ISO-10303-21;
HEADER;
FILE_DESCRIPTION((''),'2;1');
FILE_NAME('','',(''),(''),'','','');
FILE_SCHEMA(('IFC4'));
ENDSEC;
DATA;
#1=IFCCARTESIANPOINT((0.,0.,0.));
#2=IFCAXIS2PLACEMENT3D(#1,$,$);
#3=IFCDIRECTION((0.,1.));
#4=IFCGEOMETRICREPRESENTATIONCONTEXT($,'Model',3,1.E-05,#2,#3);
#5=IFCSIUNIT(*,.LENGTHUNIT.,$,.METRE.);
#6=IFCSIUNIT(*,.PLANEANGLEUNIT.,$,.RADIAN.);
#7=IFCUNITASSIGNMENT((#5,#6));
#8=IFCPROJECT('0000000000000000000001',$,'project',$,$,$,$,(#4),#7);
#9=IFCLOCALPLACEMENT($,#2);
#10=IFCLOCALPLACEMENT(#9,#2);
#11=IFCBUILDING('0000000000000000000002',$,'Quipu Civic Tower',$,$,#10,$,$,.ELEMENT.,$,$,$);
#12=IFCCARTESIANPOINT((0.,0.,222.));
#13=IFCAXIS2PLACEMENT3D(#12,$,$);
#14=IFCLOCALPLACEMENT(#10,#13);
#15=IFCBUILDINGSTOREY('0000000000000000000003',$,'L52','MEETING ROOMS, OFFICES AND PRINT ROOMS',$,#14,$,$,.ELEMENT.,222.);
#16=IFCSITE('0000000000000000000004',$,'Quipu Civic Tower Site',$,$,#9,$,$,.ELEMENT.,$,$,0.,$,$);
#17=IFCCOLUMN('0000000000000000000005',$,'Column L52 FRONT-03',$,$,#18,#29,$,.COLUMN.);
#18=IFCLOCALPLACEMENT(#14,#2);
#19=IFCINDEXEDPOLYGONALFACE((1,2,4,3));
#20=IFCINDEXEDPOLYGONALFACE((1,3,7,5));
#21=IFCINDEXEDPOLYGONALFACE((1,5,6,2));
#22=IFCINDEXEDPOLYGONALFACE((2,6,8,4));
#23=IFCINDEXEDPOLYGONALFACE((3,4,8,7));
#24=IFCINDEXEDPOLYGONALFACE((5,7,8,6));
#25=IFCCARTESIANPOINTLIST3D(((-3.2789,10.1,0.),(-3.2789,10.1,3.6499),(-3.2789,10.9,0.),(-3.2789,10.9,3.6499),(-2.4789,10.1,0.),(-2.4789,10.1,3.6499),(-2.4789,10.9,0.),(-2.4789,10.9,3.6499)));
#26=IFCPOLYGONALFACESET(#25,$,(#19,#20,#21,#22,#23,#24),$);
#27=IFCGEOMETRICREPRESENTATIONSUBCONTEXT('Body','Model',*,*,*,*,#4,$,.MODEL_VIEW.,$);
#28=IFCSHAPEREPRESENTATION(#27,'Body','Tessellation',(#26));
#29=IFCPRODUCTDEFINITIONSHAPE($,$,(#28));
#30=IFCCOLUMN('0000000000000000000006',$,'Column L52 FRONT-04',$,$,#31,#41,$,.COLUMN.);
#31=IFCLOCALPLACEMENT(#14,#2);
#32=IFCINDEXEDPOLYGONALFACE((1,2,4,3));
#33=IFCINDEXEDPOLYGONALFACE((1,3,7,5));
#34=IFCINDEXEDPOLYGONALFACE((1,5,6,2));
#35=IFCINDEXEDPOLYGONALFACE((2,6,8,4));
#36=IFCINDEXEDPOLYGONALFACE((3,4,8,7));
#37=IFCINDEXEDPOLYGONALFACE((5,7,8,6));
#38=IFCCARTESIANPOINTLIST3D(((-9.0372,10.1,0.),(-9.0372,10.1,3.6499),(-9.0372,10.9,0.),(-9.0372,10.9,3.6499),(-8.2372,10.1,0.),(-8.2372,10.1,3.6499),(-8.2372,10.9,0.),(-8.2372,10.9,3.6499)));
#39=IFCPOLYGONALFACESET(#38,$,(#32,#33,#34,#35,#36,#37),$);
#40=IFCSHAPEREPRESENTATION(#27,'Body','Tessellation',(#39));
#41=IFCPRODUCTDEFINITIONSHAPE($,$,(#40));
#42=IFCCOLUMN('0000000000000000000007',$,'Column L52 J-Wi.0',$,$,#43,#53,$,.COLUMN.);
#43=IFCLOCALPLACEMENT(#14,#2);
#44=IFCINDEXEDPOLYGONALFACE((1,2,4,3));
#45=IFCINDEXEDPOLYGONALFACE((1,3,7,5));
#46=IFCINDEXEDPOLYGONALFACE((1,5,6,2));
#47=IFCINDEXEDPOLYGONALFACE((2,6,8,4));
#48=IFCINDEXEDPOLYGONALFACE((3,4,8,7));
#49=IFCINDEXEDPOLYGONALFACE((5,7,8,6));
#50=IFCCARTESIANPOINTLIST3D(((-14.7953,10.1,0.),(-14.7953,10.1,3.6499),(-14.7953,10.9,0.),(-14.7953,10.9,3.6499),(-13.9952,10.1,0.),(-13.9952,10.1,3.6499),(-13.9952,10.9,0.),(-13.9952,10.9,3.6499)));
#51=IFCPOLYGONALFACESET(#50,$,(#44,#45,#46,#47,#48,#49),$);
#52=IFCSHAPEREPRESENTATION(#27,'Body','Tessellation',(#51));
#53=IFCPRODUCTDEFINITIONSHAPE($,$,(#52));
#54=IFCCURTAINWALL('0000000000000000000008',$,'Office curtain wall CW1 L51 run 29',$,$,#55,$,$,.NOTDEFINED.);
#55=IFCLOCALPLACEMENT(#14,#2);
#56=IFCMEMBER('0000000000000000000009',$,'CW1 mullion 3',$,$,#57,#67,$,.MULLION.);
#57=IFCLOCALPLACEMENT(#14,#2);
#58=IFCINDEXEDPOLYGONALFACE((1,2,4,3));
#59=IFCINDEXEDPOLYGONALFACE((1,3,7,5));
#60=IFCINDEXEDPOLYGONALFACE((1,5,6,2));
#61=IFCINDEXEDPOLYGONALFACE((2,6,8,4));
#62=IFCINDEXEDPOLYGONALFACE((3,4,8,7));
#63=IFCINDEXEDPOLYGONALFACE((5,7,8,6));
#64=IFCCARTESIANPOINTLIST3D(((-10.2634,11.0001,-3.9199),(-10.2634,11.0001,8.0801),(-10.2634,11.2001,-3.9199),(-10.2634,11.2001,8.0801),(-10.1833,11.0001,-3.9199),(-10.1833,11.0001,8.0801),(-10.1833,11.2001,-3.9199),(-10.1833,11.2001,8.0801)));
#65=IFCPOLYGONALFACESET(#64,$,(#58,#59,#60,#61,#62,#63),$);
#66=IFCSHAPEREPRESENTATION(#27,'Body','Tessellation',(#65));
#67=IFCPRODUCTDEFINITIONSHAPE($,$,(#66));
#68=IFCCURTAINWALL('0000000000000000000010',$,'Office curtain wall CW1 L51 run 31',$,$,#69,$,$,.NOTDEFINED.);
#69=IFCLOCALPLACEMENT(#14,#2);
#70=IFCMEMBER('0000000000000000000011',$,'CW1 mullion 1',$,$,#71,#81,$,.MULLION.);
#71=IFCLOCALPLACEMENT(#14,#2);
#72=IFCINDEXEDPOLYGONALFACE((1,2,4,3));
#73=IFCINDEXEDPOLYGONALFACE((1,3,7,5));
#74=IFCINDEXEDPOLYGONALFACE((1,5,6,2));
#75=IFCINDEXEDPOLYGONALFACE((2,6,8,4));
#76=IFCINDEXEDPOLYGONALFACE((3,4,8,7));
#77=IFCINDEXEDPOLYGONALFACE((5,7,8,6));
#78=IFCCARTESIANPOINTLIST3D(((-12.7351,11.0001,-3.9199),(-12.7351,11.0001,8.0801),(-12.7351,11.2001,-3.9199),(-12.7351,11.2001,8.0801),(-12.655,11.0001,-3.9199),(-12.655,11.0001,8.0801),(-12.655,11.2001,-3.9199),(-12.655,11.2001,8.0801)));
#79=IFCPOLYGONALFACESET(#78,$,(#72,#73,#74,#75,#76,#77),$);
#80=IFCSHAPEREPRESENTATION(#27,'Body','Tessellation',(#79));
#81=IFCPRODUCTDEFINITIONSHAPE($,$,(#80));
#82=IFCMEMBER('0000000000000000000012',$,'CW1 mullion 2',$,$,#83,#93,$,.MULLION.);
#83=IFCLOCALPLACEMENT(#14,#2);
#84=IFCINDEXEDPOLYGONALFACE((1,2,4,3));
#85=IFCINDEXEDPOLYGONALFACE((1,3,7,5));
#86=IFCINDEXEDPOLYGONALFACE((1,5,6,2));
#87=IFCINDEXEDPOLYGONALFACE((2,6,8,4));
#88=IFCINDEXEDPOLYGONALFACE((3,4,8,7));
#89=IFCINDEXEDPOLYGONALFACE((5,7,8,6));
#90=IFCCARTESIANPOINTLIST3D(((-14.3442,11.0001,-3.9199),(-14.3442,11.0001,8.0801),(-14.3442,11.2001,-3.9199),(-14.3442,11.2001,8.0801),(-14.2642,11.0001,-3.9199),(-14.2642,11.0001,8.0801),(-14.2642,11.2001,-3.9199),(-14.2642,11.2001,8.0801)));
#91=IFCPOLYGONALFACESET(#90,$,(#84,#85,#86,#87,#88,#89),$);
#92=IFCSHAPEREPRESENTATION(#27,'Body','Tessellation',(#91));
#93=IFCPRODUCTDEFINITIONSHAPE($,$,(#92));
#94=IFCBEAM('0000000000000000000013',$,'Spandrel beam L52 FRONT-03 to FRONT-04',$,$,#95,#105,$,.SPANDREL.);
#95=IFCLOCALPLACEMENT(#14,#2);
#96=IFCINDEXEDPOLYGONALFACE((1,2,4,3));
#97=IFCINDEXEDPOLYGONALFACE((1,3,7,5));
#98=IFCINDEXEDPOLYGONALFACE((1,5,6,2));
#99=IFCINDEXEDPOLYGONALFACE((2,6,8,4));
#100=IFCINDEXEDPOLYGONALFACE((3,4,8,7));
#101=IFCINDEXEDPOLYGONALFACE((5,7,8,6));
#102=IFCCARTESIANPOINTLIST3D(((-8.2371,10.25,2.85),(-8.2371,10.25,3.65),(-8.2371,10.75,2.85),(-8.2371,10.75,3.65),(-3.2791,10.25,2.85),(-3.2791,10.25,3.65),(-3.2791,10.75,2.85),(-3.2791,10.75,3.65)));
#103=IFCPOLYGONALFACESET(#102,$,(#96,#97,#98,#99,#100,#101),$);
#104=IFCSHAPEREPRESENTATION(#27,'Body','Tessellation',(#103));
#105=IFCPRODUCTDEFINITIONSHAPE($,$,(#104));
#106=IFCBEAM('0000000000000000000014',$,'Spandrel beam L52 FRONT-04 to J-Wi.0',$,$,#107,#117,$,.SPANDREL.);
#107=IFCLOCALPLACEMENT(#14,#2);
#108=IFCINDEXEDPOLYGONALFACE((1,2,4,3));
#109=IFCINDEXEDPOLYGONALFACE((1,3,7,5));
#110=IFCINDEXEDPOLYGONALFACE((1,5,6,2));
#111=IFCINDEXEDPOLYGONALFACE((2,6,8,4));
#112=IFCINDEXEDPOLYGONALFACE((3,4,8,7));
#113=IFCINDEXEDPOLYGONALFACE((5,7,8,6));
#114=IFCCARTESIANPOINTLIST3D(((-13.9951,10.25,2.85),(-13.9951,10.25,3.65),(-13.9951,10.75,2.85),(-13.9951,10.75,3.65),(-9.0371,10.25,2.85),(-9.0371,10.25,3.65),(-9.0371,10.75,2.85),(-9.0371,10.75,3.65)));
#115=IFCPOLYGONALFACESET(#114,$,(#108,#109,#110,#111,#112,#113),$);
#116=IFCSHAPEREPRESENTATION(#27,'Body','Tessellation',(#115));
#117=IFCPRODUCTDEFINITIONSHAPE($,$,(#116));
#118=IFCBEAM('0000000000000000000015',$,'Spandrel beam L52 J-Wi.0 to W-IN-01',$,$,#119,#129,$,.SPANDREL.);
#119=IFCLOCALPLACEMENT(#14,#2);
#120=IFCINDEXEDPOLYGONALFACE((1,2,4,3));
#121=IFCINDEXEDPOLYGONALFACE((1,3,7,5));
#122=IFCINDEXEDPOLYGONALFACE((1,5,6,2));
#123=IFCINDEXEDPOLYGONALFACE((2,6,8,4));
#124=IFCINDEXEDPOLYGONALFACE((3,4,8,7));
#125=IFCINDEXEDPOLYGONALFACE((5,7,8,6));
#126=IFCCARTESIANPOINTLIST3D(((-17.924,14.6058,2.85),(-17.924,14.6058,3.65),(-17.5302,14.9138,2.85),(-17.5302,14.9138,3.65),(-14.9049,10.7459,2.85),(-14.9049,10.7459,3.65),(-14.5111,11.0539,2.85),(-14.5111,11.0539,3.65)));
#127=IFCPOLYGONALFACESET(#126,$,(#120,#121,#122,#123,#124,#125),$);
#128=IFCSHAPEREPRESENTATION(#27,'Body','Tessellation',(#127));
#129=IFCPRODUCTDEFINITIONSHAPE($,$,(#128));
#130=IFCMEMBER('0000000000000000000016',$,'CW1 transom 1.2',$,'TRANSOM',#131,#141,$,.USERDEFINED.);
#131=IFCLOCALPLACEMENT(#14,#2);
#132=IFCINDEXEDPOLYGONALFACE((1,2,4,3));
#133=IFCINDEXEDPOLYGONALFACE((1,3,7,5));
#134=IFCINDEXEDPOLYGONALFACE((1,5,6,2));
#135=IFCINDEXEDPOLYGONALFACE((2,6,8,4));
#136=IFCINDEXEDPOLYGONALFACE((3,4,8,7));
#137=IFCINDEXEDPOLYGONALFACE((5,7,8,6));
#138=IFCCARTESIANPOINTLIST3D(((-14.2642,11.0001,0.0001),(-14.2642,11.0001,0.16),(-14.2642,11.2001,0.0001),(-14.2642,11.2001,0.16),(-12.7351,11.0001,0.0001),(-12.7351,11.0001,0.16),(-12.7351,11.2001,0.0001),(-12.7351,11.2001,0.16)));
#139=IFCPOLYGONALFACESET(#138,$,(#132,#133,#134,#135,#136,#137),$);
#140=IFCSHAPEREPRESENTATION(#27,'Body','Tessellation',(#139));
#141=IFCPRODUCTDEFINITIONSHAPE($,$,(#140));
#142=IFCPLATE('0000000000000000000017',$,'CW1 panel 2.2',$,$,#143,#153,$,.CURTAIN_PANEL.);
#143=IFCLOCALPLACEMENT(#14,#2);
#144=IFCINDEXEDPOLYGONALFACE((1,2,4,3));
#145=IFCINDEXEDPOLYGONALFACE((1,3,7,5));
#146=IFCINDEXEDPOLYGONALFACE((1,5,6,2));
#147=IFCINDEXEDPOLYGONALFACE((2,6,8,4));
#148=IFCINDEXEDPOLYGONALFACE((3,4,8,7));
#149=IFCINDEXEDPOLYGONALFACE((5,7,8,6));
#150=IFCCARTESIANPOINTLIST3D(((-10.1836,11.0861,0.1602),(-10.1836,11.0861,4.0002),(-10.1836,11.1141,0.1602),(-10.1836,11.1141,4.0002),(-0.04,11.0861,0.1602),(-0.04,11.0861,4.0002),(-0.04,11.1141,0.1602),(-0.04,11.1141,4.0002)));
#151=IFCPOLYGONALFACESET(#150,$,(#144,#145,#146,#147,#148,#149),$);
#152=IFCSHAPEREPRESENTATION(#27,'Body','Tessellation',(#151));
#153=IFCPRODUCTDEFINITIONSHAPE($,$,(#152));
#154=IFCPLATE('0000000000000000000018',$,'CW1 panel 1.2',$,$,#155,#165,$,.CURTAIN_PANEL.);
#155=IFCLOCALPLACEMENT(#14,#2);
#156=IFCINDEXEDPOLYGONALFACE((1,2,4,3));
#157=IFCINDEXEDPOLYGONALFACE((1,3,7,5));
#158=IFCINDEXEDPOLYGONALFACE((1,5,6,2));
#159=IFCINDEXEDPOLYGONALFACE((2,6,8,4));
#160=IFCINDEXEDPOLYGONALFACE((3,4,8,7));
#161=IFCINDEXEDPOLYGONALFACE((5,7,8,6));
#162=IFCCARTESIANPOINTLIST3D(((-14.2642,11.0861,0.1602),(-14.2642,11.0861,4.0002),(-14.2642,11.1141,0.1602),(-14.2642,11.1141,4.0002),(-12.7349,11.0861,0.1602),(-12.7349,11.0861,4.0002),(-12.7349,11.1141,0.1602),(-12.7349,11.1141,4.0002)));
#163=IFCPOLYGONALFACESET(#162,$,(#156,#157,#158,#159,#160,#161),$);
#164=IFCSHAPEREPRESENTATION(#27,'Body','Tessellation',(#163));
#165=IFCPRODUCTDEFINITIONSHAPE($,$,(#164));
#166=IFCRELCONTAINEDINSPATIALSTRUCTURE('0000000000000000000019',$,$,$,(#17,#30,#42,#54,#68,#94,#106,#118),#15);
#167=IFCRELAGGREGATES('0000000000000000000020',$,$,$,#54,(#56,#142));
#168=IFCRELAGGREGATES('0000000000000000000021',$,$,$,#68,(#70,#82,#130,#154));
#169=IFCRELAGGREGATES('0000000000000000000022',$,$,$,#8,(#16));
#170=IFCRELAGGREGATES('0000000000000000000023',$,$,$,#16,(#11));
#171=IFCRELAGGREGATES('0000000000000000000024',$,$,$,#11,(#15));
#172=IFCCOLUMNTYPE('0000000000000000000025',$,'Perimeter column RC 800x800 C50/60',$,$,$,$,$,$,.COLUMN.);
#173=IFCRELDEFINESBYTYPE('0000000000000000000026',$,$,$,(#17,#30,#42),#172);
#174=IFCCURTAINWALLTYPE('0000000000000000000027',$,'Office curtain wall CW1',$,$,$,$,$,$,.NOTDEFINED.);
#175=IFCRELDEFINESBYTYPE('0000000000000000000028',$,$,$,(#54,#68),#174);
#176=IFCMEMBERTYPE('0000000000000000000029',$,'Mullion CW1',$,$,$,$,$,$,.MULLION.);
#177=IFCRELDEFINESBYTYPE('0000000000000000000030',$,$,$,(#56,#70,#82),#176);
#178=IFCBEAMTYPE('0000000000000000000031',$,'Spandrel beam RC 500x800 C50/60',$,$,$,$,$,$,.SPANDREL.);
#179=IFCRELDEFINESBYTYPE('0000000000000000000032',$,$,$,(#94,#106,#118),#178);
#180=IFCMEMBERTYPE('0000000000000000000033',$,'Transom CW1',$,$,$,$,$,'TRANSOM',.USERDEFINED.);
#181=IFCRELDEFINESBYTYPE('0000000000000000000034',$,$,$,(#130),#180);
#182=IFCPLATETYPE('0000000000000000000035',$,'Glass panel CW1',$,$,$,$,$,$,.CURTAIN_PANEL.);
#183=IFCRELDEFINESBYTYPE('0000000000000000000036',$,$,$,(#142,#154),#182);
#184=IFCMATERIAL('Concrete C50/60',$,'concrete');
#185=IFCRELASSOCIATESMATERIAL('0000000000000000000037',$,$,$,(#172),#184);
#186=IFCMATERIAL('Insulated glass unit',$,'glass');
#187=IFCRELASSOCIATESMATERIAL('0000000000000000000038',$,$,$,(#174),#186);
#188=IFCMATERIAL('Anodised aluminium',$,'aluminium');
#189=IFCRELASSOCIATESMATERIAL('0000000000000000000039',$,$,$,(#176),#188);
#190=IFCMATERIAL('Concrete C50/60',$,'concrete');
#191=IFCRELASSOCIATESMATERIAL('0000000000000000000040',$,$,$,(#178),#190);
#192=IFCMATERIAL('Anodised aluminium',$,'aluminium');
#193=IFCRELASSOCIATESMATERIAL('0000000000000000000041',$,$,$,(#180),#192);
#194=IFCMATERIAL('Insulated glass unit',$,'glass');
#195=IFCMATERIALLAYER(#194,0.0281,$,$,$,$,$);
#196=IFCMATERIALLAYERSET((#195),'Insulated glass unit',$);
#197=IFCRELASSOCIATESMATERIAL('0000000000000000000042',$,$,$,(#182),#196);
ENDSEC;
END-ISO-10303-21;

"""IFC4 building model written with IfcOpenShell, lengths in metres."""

from ifc_helpers import new_model, si_unit, direction, frame, origin, origin_2d, place, context, subcontext, project, spatial, rectangle, extrude, material, layer, layer_set, material_profile, profile_set, type_object, element, aggregate, save


model = new_model("IFC4")

# Units and contexts
model_context = context("Model", 3, precision=1e-05, world=origin(), true_north=direction((0.0, 1.0)))
body_context = subcontext(model_context, "Body", "Model", "MODEL_VIEW")
ifc_project = project(units=[si_unit("LENGTHUNIT", "METRE"), si_unit("PLANEANGLEUNIT", "RADIAN")], contexts=[model_context])

# Site, building, storey
site_placement = place(None, origin())
site = spatial("IfcSite", under=ifc_project, at=site_placement, Name="Quipu Civic Tower Site", CompositionType="ELEMENT", RefElevation=0.0)
building_placement = place(site_placement, origin())
building = spatial("IfcBuilding", under=site, at=building_placement, Name="Quipu Civic Tower", CompositionType="ELEMENT")
storey_placement = place(building_placement, frame((0.0, 0.0, 222.0)))
storey = spatial("IfcBuildingStorey", under=building, at=storey_placement, Name="L52", Description="MEETING ROOMS, OFFICES AND PRINT ROOMS", CompositionType="ELEMENT", Elevation=222.0)

# Columns
ifc_material_1 = material(Name="Concrete C50/60", Category="concrete")
ifc_material_profile_1 = material_profile(ifc_material_1, rectangle(XDim=0.8, YDim=0.8, at=origin_2d()), Name="RC800x800")
ifc_profile_set_1 = profile_set([ifc_material_profile_1], Name="Concrete C50/60")
column_type = type_object("IfcColumnType", Name="Perimeter column RC 800x800 C50/60", PredefinedType="COLUMN", material=ifc_profile_set_1)
for number, where, z_axis, x_axis, name in (
    (1, (-2.8789, 10.5, 0.0), (0.0, 0.0, 1.0), (-1.0, 0.0, 0.0), "Column L52 FRONT-03"),
    (2, (-8.6372, 10.5, 0.0), (0.0, 0.0, 1.0), (-1.0, 0.0, 0.0), "Column L52 FRONT-04"),
    (3, (-14.3953, 10.5, 0.0), (0.0, 0.0, 1.0), (-1.0, 0.0, 0.0), "Column L52 J-Wi.0"),
):
    element("IfcColumn", number, at=place(storey_placement, frame(where, z_axis=z_axis, x_axis=x_axis)), inside=storey, type_object=column_type, Name=name, PredefinedType="COLUMN", context=body_context, shape_type="SweptSolid", body=[
        extrude(rectangle(XDim=0.8, YDim=0.8, at=origin_2d()), origin(), (0.0, 0.0, 1.0), 3.6499),
    ])

# Curtain wall, member
ifc_material_2 = material(Name="Insulated glass unit", Category="glass")
curtain_wall_type = type_object("IfcCurtainWallType", Name="Office curtain wall CW1", PredefinedType="NOTDEFINED", material=ifc_material_2)
curtain_wall_1_placement = place(storey_placement, origin())
curtain_wall_1 = element("IfcCurtainWall", 4, at=curtain_wall_1_placement, inside=storey, type_object=curtain_wall_type, Name="Office curtain wall CW1 L51 run 29", PredefinedType="NOTDEFINED")
ifc_material_3 = material(Name="Anodised aluminium", Category="aluminium")
ifc_material_profile_2 = material_profile(ifc_material_3, rectangle(XDim=0.2, YDim=0.0801, at=origin_2d()), Name="RECT 200x80")
ifc_profile_set_2 = profile_set([ifc_material_profile_2], Name="Anodised aluminium")
member_type_1 = type_object("IfcMemberType", Name="Mullion CW1", PredefinedType="MULLION", material=ifc_profile_set_2)
member_1_placement = place(storey_placement, frame((-10.2234, 11.1001, -3.9199), z_axis=(0.0, 0.0, 1.0), x_axis=(0.0, -1.0, 0.0)))
member_1 = element("IfcMember", 5, at=member_1_placement, type_object=member_type_1, Name="CW1 mullion 3", PredefinedType="MULLION", context=body_context, shape_type="SweptSolid", body=[
    extrude(rectangle(XDim=0.2, YDim=0.0801, at=origin_2d()), origin(), (0.0, 0.0, 1.0), 12.0),
])

# Curtain wall, members
curtain_wall_2_placement = place(storey_placement, origin())
curtain_wall_2 = element("IfcCurtainWall", 6, at=curtain_wall_2_placement, inside=storey, type_object=curtain_wall_type, Name="Office curtain wall CW1 L51 run 31", PredefinedType="NOTDEFINED")
member_2_placement = place(storey_placement, frame((-12.6951, 11.1001, -3.9199), z_axis=(0.0, 0.0, 1.0), x_axis=(0.0, -1.0, 0.0)))
member_2 = element("IfcMember", 7, at=member_2_placement, type_object=member_type_1, Name="CW1 mullion 1", PredefinedType="MULLION", context=body_context, shape_type="SweptSolid", body=[
    extrude(rectangle(XDim=0.2, YDim=0.0801, at=origin_2d()), origin(), (0.0, 0.0, 1.0), 12.0),
])
member_3_placement = place(storey_placement, frame((-14.3042, 11.1001, -3.9199), z_axis=(0.0, 0.0, 1.0), x_axis=(0.0, -1.0, 0.0)))
member_3 = element("IfcMember", 8, at=member_3_placement, type_object=member_type_1, Name="CW1 mullion 2", PredefinedType="MULLION", context=body_context, shape_type="SweptSolid", body=[
    extrude(rectangle(XDim=0.2, YDim=0.0801, at=origin_2d()), origin(), (0.0, 0.0, 1.0), 12.0),
])

# Beams
ifc_material_4 = material(Name="Concrete C50/60", Category="concrete")
ifc_material_profile_3 = material_profile(ifc_material_4, rectangle(XDim=0.5, YDim=0.8, at=origin_2d()), Name="RC500x800")
ifc_profile_set_3 = profile_set([ifc_material_profile_3], Name="Concrete C50/60")
beam_type = type_object("IfcBeamType", Name="Spandrel beam RC 500x800 C50/60", PredefinedType="SPANDREL", material=ifc_profile_set_3)
for number, where, z_axis, x_axis, name in (
    (9, (-3.2791, 10.5, 3.25), (-1.0, 0.0, 0.0), (0.0, -1.0, 0.0), "Spandrel beam L52 FRONT-03 to FRONT-04"),
    (10, (-9.0371, 10.5, 3.25), (-1.0, 0.0, 0.0), (0.0, -1.0, 0.0), "Spandrel beam L52 FRONT-04 to J-Wi.0"),
):
    element("IfcBeam", number, at=place(storey_placement, frame(where, z_axis=z_axis, x_axis=x_axis)), inside=storey, type_object=beam_type, Name=name, PredefinedType="SPANDREL", context=body_context, shape_type="SweptSolid", body=[
        extrude(rectangle(XDim=0.5, YDim=0.8, at=origin_2d()), origin(), (0.0, 0.0, 1.0), 4.958),
    ])
beam_placement = place(storey_placement, frame((-14.708, 10.8999, 3.25), z_axis=(-0.616091, 0.787675, 0.0), x_axis=(-0.787675, -0.616091, 0.0)))
element("IfcBeam", 11, at=beam_placement, inside=storey, type_object=beam_type, Name="Spandrel beam L52 J-Wi.0 to W-IN-01", PredefinedType="SPANDREL", context=body_context, shape_type="SweptSolid", body=[
    extrude(rectangle(XDim=0.5, YDim=0.8, at=origin_2d()), origin(), (0.0, 0.0, 1.0), 4.9004),
])

# Member
ifc_material_5 = material(Name="Anodised aluminium", Category="aluminium")
ifc_material_profile_4 = material_profile(ifc_material_5, rectangle(XDim=0.2, YDim=0.1599, at=origin_2d()), Name="RECT 200x160")
ifc_profile_set_4 = profile_set([ifc_material_profile_4], Name="Anodised aluminium")
member_type_2 = type_object("IfcMemberType", Name="Transom CW1", ElementType="TRANSOM", PredefinedType="USERDEFINED", material=ifc_profile_set_4)
member_4_placement = place(storey_placement, frame((-12.7351, 11.1001, 0.0801), z_axis=(-1.0, 0.0, 0.0), x_axis=(0.0, -1.0, 0.0)))
member_4 = element("IfcMember", 12, at=member_4_placement, type_object=member_type_2, Name="CW1 transom 1.2", ObjectType="TRANSOM", PredefinedType="USERDEFINED", context=body_context, shape_type="SweptSolid", body=[
    extrude(rectangle(XDim=0.2, YDim=0.1599, at=origin_2d()), origin(), (0.0, 0.0, 1.0), 1.5291),
])

# Plates
ifc_material_6 = material(Name="Insulated glass unit", Category="glass")
ifc_layer_1 = layer(ifc_material_6, 0.0281)
ifc_layer_set_1 = layer_set([ifc_layer_1], Name="Insulated glass unit")
plate_type = type_object("IfcPlateType", Name="Glass panel CW1", PredefinedType="CURTAIN_PANEL", material=ifc_layer_set_1)
plate_1_placement = place(storey_placement, frame((-5.1118, 11.1001, 0.1602), z_axis=(0.0, 0.0, 1.0), x_axis=(-1.0, 0.0, 0.0)))
plate_1 = element("IfcPlate", 13, at=plate_1_placement, type_object=plate_type, Name="CW1 panel 2.2", PredefinedType="CURTAIN_PANEL", context=body_context, shape_type="SweptSolid", body=[
    extrude(rectangle(XDim=10.1436, YDim=0.0281, at=origin_2d()), origin(), (0.0, 0.0, 1.0), 3.8401),
])
aggregate(curtain_wall_1, [member_1, plate_1])
plate_2_placement = place(storey_placement, frame((-13.4995, 11.1001, 0.1602), z_axis=(0.0, 0.0, 1.0), x_axis=(-1.0, 0.0, 0.0)))
plate_2 = element("IfcPlate", 14, at=plate_2_placement, type_object=plate_type, Name="CW1 panel 1.2", PredefinedType="CURTAIN_PANEL", context=body_context, shape_type="SweptSolid", body=[
    extrude(rectangle(XDim=1.5293, YDim=0.0281, at=origin_2d()), origin(), (0.0, 0.0, 1.0), 3.8401),
])
aggregate(curtain_wall_2, [member_2, member_3, member_4, plate_2])

save(model, "model.ifc")
